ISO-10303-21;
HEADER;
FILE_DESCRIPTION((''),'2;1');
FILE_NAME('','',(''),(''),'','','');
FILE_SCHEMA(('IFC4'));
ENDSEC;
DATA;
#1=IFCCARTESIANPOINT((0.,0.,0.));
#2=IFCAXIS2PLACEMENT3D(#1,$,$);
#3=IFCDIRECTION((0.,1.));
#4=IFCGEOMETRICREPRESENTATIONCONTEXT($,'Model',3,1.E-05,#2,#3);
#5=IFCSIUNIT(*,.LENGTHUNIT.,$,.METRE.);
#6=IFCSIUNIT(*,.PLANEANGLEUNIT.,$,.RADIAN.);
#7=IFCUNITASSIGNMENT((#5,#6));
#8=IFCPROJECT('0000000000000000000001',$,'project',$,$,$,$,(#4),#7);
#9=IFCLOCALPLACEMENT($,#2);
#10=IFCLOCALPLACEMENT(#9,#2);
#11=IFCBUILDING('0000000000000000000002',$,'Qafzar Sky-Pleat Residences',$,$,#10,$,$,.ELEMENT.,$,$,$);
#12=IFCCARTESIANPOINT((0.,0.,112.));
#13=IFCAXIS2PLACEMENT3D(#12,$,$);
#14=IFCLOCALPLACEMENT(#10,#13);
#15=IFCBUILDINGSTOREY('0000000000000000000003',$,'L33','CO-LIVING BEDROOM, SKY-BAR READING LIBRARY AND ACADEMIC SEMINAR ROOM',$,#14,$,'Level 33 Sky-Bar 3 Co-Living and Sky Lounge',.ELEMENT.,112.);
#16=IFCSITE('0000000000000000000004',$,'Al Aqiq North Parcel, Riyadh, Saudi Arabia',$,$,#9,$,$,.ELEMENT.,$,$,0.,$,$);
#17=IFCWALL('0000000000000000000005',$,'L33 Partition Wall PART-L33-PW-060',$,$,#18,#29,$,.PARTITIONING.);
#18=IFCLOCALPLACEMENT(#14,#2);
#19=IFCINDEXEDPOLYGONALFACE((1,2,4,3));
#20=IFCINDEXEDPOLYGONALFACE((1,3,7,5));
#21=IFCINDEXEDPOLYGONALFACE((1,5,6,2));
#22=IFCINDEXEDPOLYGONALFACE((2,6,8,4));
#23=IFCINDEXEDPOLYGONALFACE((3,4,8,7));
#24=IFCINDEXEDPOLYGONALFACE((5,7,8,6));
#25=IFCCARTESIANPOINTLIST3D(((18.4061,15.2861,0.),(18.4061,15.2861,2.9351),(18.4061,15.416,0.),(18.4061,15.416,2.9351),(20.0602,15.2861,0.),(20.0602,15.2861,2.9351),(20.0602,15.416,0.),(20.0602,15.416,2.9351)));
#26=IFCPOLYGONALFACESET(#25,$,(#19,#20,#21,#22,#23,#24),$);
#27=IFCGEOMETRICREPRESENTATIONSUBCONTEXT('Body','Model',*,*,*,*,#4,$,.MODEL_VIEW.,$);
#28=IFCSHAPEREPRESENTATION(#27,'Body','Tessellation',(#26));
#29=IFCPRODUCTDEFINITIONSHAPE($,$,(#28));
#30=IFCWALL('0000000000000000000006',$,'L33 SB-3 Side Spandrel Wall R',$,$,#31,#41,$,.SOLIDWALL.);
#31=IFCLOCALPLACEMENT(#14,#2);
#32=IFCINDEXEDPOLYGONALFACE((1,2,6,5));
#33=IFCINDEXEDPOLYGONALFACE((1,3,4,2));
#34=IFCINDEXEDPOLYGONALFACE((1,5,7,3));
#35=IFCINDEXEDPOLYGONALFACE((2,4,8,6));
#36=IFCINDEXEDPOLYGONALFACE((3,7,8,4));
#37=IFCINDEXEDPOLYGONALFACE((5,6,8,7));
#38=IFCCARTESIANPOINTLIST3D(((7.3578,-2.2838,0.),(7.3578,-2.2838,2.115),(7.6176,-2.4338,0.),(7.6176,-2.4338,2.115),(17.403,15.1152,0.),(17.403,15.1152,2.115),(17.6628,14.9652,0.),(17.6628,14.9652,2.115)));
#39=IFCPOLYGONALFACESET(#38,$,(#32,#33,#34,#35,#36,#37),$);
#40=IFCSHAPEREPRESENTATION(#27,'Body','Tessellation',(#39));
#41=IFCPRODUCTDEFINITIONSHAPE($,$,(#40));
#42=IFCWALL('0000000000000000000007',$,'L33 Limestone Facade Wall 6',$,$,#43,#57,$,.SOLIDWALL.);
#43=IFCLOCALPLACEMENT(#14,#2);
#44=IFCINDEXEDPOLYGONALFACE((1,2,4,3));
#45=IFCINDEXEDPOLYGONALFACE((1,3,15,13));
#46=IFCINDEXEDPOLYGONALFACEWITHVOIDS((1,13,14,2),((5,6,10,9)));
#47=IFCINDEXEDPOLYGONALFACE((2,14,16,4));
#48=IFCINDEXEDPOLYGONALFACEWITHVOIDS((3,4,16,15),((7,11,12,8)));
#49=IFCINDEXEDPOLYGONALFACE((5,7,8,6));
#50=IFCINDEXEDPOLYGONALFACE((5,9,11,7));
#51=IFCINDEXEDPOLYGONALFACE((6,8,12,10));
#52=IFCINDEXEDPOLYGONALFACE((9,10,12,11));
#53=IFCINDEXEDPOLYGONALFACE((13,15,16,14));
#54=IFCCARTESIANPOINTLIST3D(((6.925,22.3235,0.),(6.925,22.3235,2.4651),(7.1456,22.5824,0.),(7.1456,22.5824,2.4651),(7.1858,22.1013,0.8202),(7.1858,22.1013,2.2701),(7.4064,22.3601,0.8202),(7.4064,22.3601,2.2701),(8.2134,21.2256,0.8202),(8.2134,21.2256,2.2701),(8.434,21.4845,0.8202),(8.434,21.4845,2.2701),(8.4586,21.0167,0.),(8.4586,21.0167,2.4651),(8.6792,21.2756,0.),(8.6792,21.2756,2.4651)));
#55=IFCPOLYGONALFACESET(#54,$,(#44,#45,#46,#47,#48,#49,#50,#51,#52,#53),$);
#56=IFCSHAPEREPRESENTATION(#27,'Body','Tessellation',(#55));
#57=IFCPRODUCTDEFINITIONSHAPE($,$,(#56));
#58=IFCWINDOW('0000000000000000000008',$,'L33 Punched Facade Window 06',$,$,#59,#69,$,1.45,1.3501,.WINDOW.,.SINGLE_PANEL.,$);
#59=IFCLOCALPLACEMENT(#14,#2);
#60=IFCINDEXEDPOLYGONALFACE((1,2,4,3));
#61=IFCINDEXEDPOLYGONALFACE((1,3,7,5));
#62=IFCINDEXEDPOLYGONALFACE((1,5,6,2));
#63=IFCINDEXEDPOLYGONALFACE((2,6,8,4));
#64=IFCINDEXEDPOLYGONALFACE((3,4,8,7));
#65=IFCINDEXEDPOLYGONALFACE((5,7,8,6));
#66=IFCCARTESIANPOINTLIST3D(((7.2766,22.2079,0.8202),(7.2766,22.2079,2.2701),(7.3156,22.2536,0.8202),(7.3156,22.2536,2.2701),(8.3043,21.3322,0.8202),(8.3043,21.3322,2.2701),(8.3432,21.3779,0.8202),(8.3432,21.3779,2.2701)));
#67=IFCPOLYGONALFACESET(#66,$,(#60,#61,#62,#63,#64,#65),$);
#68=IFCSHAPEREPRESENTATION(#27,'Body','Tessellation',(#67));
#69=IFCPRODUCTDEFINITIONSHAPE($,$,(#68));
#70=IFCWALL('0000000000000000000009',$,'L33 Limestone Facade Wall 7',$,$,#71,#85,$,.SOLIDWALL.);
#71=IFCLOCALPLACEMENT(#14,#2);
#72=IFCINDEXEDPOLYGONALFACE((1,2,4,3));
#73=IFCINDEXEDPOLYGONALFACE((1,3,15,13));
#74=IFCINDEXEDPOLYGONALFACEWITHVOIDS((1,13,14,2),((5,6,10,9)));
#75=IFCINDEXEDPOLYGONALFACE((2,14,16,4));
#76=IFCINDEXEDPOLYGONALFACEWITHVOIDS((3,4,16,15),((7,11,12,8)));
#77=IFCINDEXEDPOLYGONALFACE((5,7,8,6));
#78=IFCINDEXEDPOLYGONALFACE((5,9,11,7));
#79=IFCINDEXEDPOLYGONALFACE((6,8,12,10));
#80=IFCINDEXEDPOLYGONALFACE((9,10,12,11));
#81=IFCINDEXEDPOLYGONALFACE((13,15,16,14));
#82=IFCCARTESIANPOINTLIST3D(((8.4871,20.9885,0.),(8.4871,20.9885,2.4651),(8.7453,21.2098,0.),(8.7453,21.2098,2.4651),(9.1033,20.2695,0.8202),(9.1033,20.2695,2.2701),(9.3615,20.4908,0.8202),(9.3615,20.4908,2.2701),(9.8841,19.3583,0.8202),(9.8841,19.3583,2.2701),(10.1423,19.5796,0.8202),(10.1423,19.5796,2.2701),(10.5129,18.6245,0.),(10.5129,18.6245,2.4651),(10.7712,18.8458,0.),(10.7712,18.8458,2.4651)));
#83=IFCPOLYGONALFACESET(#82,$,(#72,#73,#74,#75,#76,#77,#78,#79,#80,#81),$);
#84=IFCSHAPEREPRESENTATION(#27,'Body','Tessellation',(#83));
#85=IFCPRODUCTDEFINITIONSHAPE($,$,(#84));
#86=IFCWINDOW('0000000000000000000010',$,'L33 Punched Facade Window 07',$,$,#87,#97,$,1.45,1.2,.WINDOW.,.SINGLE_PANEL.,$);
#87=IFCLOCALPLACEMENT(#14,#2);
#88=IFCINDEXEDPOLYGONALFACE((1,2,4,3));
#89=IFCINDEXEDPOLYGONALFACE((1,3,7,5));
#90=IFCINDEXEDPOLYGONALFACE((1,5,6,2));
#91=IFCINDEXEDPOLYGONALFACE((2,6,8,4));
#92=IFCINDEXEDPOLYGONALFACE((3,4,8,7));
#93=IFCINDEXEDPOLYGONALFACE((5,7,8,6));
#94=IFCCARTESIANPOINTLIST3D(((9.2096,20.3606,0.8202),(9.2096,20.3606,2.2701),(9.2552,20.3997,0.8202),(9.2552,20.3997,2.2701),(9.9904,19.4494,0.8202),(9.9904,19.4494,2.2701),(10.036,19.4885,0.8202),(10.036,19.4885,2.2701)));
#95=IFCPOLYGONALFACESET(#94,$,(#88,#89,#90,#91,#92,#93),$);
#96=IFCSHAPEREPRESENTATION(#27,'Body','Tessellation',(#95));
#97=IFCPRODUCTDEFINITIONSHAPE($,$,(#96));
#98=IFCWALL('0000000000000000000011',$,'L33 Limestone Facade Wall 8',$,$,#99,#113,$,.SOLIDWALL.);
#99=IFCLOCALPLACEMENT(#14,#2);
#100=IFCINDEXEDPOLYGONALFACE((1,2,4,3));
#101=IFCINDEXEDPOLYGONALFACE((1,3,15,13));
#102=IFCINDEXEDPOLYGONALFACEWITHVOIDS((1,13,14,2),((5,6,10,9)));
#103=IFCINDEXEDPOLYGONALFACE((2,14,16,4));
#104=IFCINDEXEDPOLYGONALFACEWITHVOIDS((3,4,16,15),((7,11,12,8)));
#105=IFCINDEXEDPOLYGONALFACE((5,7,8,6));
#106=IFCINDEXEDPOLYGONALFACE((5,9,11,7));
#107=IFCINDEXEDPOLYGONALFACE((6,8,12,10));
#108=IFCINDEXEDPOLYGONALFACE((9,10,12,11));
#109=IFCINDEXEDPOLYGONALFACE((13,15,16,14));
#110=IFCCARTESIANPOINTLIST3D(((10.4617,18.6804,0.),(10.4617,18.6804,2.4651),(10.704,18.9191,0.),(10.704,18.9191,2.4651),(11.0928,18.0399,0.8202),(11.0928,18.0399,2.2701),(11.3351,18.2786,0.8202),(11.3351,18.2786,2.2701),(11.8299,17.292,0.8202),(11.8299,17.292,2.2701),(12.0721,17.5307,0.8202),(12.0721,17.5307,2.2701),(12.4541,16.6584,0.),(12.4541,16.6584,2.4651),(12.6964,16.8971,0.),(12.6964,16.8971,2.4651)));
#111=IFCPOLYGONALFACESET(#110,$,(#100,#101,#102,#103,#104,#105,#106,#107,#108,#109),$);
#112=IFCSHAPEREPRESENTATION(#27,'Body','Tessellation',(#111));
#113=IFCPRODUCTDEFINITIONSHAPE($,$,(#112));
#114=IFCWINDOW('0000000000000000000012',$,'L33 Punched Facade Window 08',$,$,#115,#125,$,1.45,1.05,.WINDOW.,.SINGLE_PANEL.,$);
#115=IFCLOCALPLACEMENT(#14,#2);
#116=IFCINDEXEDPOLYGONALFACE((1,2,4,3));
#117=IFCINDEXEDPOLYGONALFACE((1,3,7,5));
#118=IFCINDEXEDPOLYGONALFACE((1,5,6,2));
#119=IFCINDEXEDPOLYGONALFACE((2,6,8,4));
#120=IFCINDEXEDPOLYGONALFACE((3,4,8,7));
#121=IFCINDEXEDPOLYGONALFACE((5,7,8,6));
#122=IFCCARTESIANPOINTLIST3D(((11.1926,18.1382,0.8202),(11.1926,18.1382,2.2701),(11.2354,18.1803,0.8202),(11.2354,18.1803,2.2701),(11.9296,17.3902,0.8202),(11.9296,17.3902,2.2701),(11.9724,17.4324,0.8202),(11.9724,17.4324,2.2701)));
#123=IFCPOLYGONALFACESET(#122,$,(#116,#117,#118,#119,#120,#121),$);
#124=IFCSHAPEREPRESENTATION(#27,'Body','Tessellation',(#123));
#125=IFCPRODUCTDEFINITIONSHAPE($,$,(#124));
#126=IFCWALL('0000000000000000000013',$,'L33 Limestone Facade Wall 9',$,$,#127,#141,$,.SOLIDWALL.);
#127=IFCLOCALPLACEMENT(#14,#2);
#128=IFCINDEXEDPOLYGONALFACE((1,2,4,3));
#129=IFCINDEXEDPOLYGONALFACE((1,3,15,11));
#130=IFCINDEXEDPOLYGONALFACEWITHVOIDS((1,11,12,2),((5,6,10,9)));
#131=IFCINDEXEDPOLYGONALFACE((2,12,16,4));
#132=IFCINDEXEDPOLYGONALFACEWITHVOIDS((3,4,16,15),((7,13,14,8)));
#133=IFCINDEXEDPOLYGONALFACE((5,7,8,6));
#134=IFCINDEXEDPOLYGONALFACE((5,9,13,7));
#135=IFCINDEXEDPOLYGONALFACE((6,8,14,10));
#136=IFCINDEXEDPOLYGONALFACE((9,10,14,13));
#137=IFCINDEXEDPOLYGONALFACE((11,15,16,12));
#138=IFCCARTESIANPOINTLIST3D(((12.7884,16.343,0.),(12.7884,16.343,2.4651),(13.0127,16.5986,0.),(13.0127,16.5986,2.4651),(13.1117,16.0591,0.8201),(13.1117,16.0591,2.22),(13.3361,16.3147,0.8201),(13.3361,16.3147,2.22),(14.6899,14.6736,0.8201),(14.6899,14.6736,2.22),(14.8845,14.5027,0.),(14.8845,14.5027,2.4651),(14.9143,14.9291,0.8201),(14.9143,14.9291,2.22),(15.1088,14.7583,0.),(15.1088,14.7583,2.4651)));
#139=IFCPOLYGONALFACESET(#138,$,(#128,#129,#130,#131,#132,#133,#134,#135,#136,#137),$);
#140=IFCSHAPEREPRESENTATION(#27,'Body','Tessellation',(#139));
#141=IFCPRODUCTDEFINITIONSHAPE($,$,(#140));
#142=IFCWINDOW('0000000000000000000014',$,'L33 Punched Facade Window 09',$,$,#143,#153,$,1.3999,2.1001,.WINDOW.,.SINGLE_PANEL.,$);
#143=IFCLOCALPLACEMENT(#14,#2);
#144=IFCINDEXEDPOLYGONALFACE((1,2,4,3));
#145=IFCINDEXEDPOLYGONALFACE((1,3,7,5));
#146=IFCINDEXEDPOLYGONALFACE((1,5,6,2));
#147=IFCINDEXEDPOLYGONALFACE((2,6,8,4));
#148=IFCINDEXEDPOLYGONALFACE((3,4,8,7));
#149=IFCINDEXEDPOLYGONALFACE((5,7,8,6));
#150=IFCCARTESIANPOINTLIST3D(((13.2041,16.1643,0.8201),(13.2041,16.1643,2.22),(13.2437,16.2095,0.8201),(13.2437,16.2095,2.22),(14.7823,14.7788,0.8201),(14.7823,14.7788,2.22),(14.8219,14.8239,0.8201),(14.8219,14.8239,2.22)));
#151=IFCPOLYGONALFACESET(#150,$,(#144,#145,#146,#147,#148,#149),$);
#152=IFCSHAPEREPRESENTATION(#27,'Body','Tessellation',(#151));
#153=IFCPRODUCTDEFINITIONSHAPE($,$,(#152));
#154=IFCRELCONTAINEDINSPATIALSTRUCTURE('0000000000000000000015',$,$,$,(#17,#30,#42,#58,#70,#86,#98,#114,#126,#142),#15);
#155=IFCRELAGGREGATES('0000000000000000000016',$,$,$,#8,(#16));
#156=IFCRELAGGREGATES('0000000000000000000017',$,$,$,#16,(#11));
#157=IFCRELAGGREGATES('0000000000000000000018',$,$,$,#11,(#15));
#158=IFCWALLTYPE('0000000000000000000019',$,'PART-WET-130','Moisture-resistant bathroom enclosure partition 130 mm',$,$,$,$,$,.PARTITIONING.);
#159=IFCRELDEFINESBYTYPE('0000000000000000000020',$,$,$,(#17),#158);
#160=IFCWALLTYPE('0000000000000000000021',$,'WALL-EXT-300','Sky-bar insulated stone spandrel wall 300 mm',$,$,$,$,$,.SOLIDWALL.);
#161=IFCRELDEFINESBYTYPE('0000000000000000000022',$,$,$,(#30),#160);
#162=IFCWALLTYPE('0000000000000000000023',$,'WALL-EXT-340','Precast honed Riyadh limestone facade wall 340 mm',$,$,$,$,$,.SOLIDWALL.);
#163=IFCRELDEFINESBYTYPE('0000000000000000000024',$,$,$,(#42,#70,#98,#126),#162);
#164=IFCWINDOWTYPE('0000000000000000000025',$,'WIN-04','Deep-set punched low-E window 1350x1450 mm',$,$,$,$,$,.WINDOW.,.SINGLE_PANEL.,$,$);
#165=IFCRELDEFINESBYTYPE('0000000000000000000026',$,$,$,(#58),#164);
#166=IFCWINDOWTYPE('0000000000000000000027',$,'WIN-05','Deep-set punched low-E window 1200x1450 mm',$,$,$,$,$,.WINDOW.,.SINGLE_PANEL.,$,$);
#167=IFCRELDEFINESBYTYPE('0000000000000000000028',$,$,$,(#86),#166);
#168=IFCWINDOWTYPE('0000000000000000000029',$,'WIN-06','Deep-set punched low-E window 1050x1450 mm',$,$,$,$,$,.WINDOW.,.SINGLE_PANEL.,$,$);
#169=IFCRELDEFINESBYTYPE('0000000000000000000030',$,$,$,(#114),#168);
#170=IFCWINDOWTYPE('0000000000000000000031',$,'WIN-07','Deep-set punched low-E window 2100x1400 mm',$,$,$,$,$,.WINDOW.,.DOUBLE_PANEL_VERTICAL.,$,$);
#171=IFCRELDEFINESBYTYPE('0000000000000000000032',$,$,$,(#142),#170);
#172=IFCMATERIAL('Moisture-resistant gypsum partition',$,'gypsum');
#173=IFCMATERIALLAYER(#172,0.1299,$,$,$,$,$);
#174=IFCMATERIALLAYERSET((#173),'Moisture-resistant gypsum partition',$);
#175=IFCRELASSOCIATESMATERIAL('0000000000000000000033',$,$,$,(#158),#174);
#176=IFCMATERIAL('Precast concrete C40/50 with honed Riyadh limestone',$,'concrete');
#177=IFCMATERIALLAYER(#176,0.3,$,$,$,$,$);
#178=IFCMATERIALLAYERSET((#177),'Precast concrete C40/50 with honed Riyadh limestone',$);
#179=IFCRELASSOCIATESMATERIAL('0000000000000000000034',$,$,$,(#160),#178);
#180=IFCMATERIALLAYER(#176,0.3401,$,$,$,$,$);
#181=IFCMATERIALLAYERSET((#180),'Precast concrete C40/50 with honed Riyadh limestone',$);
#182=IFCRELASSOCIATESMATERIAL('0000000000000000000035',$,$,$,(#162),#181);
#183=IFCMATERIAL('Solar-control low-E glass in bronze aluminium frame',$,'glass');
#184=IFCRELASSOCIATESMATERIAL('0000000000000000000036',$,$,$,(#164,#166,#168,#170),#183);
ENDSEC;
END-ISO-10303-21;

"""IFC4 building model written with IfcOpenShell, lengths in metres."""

from ifc_helpers import new_model, si_unit, direction, frame, frame_2d, origin, place, context, subcontext, project, spatial, rectangle, extrude, source, transform, mapped, material, layer, layer_set, type_object, element, fill, save


model = new_model("IFC4")

# Units and contexts
model_context = context("Model", 3, precision=1e-05, world=origin(), true_north=direction((0.0, 1.0)))
body_context = subcontext(model_context, "Body", "Model", "MODEL_VIEW")
ifc_project = project(units=[si_unit("LENGTHUNIT", "METRE"), si_unit("PLANEANGLEUNIT", "RADIAN")], contexts=[model_context])

# Site, building, storey
site_placement = place(None, origin())
site = spatial("IfcSite", under=ifc_project, at=site_placement, Name="Al Aqiq North Parcel, Riyadh, Saudi Arabia", CompositionType="ELEMENT", RefElevation=0.0)
building_placement = place(site_placement, origin())
building = spatial("IfcBuilding", under=site, at=building_placement, Name="Qafzar Sky-Pleat Residences", CompositionType="ELEMENT")
storey_placement = place(building_placement, frame((0.0, 0.0, 112.0)))
storey = spatial("IfcBuildingStorey", under=building, at=storey_placement, Name="L33", Description="CO-LIVING BEDROOM, SKY-BAR READING LIBRARY AND ACADEMIC SEMINAR ROOM", LongName="Level 33 Sky-Bar 3 Co-Living and Sky Lounge", CompositionType="ELEMENT", Elevation=112.0)

# Shared definitions
ifc_material_1 = material(Name="Moisture-resistant gypsum partition", Category="gypsum")
ifc_layer_1 = layer(ifc_material_1, 0.1299)
ifc_layer_set_1 = layer_set([ifc_layer_1], Name="Moisture-resistant gypsum partition")
wall_type_1 = type_object("IfcWallType", Name="PART-WET-130", Description="Moisture-resistant bathroom enclosure partition 130 mm", PredefinedType="PARTITIONING", material=ifc_layer_set_1)

# Walls
wall_1_placement = place(storey_placement, frame((18.406, 15.3511, 0.0), z_axis=(0.0, 0.0, 1.0), x_axis=(1.0, 0.0, 0.0)))
element("IfcWall", 1, at=wall_1_placement, inside=storey, type_object=wall_type_1, Name="L33 Partition Wall PART-L33-PW-060", PredefinedType="PARTITIONING", context=body_context, shape_type="SweptSolid", body=[
    extrude(rectangle(XDim=1.6541, YDim=0.1299, at=frame_2d((0.8271, 0.0))), origin(), (0.0, 0.0, 1.0), 2.9351),
])
ifc_material_2 = material(Name="Precast concrete C40/50 with honed Riyadh limestone", Category="concrete")
ifc_layer_2 = layer(ifc_material_2, 0.3)
ifc_layer_set_2 = layer_set([ifc_layer_2], Name="Precast concrete C40/50 with honed Riyadh limestone")
wall_type_2 = type_object("IfcWallType", Name="WALL-EXT-300", Description="Sky-bar insulated stone spandrel wall 300 mm", PredefinedType="SOLIDWALL", material=ifc_layer_set_2)
wall_2_placement = place(storey_placement, frame((17.533, 15.0403, 0.0), z_axis=(0.0, 0.0, 1.0), x_axis=(-0.499996, -0.866028, 0.0)))
element("IfcWall", 2, at=wall_2_placement, inside=storey, type_object=wall_type_2, Name="L33 SB-3 Side Spandrel Wall R", PredefinedType="SOLIDWALL", context=body_context, shape_type="SweptSolid", body=[
    extrude(rectangle(XDim=20.0906, YDim=0.3, at=frame_2d((10.0454, 0.0))), origin(), (0.0, 0.0, 1.0), 2.115),
])

# Walls, openings, windows
ifc_layer_3 = layer(ifc_material_2, 0.3401)
ifc_layer_set_3 = layer_set([ifc_layer_3], Name="Precast concrete C40/50 with honed Riyadh limestone")
wall_type_3 = type_object("IfcWallType", Name="WALL-EXT-340", Description="Precast honed Riyadh limestone facade wall 340 mm", PredefinedType="SOLIDWALL", material=ifc_layer_set_3)
wall_3_placement = place(storey_placement, frame((7.0354, 22.4529, 0.0), z_axis=(0.0, 0.0, 1.0), x_axis=(0.761144, -0.648583, 0.0)))
wall_3 = element("IfcWall", 3, at=wall_3_placement, inside=storey, type_object=wall_type_3, Name="L33 Limestone Facade Wall 6", PredefinedType="SOLIDWALL", context=body_context, shape_type="SweptSolid", body=[
    extrude(rectangle(XDim=2.0149, YDim=0.3401, at=frame_2d((1.0073, 0.0))), origin(), (0.0, 0.0, 1.0), 2.4651),
])
opening_1_placement = place(wall_3_placement, frame((0.3425, 0.0, 0.8201)))
opening_1 = element("IfcOpeningElement", 4, at=opening_1_placement, cuts=wall_3, PredefinedType="OPENING", context=body_context, shape_type="SweptSolid", body=[
    extrude(rectangle(XDim=1.3501, YDim=1.45, at=frame_2d((0.675, 0.7251))), frame((0.0, 0.1802, 0.0), z_axis=(0.0, -1.0, 0.0), x_axis=(1.0, 0.0, 0.0)), (0.0, 0.0, 1.0), 0.3601),
])
ifc_material_3 = material(Name="Solar-control low-E glass in bronze aluminium frame", Category="glass")
window_type_1 = type_object("IfcWindowType", Name="WIN-04", Description="Deep-set punched low-E window 1350x1450 mm", PartitioningType="SINGLE_PANEL", PredefinedType="WINDOW", material=ifc_material_3)
shared_shape_1 = source(origin(), body_context, "Body", "SweptSolid", [
    extrude(rectangle(XDim=1.3501, YDim=1.45, at=frame_2d((0.675, 0.7251))), frame((0.0, 0.03, 0.0), z_axis=(0.0, -1.0, 0.0), x_axis=(1.0, 0.0, 0.0)), (0.0, 0.0, 1.0), 0.0601),
])
window_1_placement = place(opening_1_placement, origin())
window_1 = element("IfcWindow", 5, at=window_1_placement, inside=storey, type_object=window_type_1, Name="L33 Punched Facade Window 06", OverallHeight=1.45, OverallWidth=1.3501, PartitioningType="SINGLE_PANEL", PredefinedType="WINDOW", context=body_context, shape_type="MappedRepresentation", body=[
    mapped(shared_shape_1, transform((0.0, 0.0, 0.0), x_axis=(1.0, 0.0, 0.0), y_axis=(0.0, 1.0, 0.0), z_axis=(0.0, 0.0, 1.0), scale=1.0)),
])
fill(opening_1, window_1)
wall_4_placement = place(storey_placement, frame((8.6162, 21.0991, 0.0), z_axis=(0.0, 0.0, 1.0), x_axis=(0.650714, -0.759323, 0.0)))
wall_4 = element("IfcWall", 6, at=wall_4_placement, inside=storey, type_object=wall_type_3, Name="L33 Limestone Facade Wall 7", PredefinedType="SOLIDWALL", context=body_context, shape_type="SweptSolid", body=[
    extrude(rectangle(XDim=3.1133, YDim=0.3401, at=frame_2d((1.5566, 0.0))), origin(), (0.0, 0.0, 1.0), 2.4651),
])
opening_2_placement = place(wall_4_placement, frame((0.9468, 0.0, 0.8201)))
opening_2 = element("IfcOpeningElement", 7, at=opening_2_placement, cuts=wall_4, PredefinedType="OPENING", context=body_context, shape_type="SweptSolid", body=[
    extrude(rectangle(XDim=1.2, YDim=1.45, at=frame_2d((0.6001, 0.7251))), frame((0.0, 0.1802, 0.0), z_axis=(0.0, -1.0, 0.0), x_axis=(1.0, 0.0, 0.0)), (0.0, 0.0, 1.0), 0.3601),
])
window_type_2 = type_object("IfcWindowType", Name="WIN-05", Description="Deep-set punched low-E window 1200x1450 mm", PartitioningType="SINGLE_PANEL", PredefinedType="WINDOW", material=ifc_material_3)
shared_shape_2 = source(origin(), body_context, "Body", "SweptSolid", [
    extrude(rectangle(XDim=1.2, YDim=1.45, at=frame_2d((0.6001, 0.7251))), frame((0.0, 0.03, 0.0), z_axis=(0.0, -1.0, 0.0), x_axis=(1.0, 0.0, 0.0)), (0.0, 0.0, 1.0), 0.0601),
])
window_2_placement = place(opening_2_placement, origin())
window_2 = element("IfcWindow", 8, at=window_2_placement, inside=storey, type_object=window_type_2, Name="L33 Punched Facade Window 07", OverallHeight=1.45, OverallWidth=1.2, PartitioningType="SINGLE_PANEL", PredefinedType="WINDOW", context=body_context, shape_type="MappedRepresentation", body=[
    mapped(shared_shape_2, transform((0.0, 0.0, 0.0), x_axis=(1.0, 0.0, 0.0), y_axis=(0.0, 1.0, 0.0), z_axis=(0.0, 0.0, 1.0), scale=1.0)),
])
fill(opening_2, window_2)
wall_5_placement = place(storey_placement, frame((10.5828, 18.7998, 0.0), z_axis=(0.0, 0.0, 1.0), x_axis=(0.701884, -0.712291, 0.0)))
wall_5 = element("IfcWall", 9, at=wall_5_placement, inside=storey, type_object=wall_type_3, Name="L33 Limestone Facade Wall 8", PredefinedType="SOLIDWALL", context=body_context, shape_type="SweptSolid", body=[
    extrude(rectangle(XDim=2.8386, YDim=0.3401, at=frame_2d((1.4194, 0.0))), origin(), (0.0, 0.0, 1.0), 2.4651),
])
opening_3_placement = place(wall_5_placement, frame((0.8994, 0.0, 0.8201)))
opening_3 = element("IfcOpeningElement", 10, at=opening_3_placement, cuts=wall_5, PredefinedType="OPENING", context=body_context, shape_type="SweptSolid", body=[
    extrude(rectangle(XDim=1.05, YDim=1.45, at=frame_2d((0.5249, 0.7251))), frame((0.0, 0.1802, 0.0), z_axis=(0.0, -1.0, 0.0), x_axis=(1.0, 0.0, 0.0)), (0.0, 0.0, 1.0), 0.3601),
])
window_type_3 = type_object("IfcWindowType", Name="WIN-06", Description="Deep-set punched low-E window 1050x1450 mm", PartitioningType="SINGLE_PANEL", PredefinedType="WINDOW", material=ifc_material_3)
shared_shape_3 = source(origin(), body_context, "Body", "SweptSolid", [
    extrude(rectangle(XDim=1.05, YDim=1.45, at=frame_2d((0.5249, 0.7251))), frame((0.0, 0.03, 0.0), z_axis=(0.0, -1.0, 0.0), x_axis=(1.0, 0.0, 0.0)), (0.0, 0.0, 1.0), 0.0601),
])
window_3_placement = place(opening_3_placement, origin())
window_3 = element("IfcWindow", 11, at=window_3_placement, inside=storey, type_object=window_type_3, Name="L33 Punched Facade Window 08", OverallHeight=1.45, OverallWidth=1.05, PartitioningType="SINGLE_PANEL", PredefinedType="WINDOW", context=body_context, shape_type="MappedRepresentation", body=[
    mapped(shared_shape_3, transform((0.0, 0.0, 0.0), x_axis=(1.0, 0.0, 0.0), y_axis=(0.0, 1.0, 0.0), z_axis=(0.0, 0.0, 1.0), scale=1.0)),
])
fill(opening_3, window_3)
wall_6_placement = place(storey_placement, frame((12.9006, 16.4707, 0.0), z_axis=(0.0, 0.0, 1.0), x_axis=(0.75148, -0.659755, 0.0)))
wall_6 = element("IfcWall", 12, at=wall_6_placement, inside=storey, type_object=wall_type_3, Name="L33 Limestone Facade Wall 9", PredefinedType="SOLIDWALL", context=body_context, shape_type="SweptSolid", body=[
    extrude(rectangle(XDim=2.7893, YDim=0.3401, at=frame_2d((1.3945, 0.0))), origin(), (0.0, 0.0, 1.0), 2.4651),
])
opening_4_placement = place(wall_6_placement, frame((0.4302, 0.0, 0.8201)))
opening_4 = element("IfcOpeningElement", 13, at=opening_4_placement, cuts=wall_6, PredefinedType="OPENING", context=body_context, shape_type="SweptSolid", body=[
    extrude(rectangle(XDim=2.1001, YDim=1.3999, at=frame_2d((1.05, 0.7))), frame((0.0, 0.1802, 0.0), z_axis=(0.0, -1.0, 0.0), x_axis=(1.0, 0.0, 0.0)), (0.0, 0.0, 1.0), 0.3601),
])
window_type_4 = type_object("IfcWindowType", Name="WIN-07", Description="Deep-set punched low-E window 2100x1400 mm", PartitioningType="DOUBLE_PANEL_VERTICAL", PredefinedType="WINDOW", material=ifc_material_3)
shared_shape_4 = source(origin(), body_context, "Body", "SweptSolid", [
    extrude(rectangle(XDim=2.1001, YDim=1.3999, at=frame_2d((1.05, 0.7))), frame((0.0, 0.03, 0.0), z_axis=(0.0, -1.0, 0.0), x_axis=(1.0, 0.0, 0.0)), (0.0, 0.0, 1.0), 0.0601),
])
window_4_placement = place(opening_4_placement, origin())
window_4 = element("IfcWindow", 14, at=window_4_placement, inside=storey, type_object=window_type_4, Name="L33 Punched Facade Window 09", OverallHeight=1.3999, OverallWidth=2.1001, PartitioningType="SINGLE_PANEL", PredefinedType="WINDOW", context=body_context, shape_type="MappedRepresentation", body=[
    mapped(shared_shape_4, transform((0.0, 0.0, 0.0), x_axis=(1.0, 0.0, 0.0), y_axis=(0.0, 1.0, 0.0), z_axis=(0.0, 0.0, 1.0), scale=1.0)),
])
fill(opening_4, window_4)

save(model, "model.ifc")
